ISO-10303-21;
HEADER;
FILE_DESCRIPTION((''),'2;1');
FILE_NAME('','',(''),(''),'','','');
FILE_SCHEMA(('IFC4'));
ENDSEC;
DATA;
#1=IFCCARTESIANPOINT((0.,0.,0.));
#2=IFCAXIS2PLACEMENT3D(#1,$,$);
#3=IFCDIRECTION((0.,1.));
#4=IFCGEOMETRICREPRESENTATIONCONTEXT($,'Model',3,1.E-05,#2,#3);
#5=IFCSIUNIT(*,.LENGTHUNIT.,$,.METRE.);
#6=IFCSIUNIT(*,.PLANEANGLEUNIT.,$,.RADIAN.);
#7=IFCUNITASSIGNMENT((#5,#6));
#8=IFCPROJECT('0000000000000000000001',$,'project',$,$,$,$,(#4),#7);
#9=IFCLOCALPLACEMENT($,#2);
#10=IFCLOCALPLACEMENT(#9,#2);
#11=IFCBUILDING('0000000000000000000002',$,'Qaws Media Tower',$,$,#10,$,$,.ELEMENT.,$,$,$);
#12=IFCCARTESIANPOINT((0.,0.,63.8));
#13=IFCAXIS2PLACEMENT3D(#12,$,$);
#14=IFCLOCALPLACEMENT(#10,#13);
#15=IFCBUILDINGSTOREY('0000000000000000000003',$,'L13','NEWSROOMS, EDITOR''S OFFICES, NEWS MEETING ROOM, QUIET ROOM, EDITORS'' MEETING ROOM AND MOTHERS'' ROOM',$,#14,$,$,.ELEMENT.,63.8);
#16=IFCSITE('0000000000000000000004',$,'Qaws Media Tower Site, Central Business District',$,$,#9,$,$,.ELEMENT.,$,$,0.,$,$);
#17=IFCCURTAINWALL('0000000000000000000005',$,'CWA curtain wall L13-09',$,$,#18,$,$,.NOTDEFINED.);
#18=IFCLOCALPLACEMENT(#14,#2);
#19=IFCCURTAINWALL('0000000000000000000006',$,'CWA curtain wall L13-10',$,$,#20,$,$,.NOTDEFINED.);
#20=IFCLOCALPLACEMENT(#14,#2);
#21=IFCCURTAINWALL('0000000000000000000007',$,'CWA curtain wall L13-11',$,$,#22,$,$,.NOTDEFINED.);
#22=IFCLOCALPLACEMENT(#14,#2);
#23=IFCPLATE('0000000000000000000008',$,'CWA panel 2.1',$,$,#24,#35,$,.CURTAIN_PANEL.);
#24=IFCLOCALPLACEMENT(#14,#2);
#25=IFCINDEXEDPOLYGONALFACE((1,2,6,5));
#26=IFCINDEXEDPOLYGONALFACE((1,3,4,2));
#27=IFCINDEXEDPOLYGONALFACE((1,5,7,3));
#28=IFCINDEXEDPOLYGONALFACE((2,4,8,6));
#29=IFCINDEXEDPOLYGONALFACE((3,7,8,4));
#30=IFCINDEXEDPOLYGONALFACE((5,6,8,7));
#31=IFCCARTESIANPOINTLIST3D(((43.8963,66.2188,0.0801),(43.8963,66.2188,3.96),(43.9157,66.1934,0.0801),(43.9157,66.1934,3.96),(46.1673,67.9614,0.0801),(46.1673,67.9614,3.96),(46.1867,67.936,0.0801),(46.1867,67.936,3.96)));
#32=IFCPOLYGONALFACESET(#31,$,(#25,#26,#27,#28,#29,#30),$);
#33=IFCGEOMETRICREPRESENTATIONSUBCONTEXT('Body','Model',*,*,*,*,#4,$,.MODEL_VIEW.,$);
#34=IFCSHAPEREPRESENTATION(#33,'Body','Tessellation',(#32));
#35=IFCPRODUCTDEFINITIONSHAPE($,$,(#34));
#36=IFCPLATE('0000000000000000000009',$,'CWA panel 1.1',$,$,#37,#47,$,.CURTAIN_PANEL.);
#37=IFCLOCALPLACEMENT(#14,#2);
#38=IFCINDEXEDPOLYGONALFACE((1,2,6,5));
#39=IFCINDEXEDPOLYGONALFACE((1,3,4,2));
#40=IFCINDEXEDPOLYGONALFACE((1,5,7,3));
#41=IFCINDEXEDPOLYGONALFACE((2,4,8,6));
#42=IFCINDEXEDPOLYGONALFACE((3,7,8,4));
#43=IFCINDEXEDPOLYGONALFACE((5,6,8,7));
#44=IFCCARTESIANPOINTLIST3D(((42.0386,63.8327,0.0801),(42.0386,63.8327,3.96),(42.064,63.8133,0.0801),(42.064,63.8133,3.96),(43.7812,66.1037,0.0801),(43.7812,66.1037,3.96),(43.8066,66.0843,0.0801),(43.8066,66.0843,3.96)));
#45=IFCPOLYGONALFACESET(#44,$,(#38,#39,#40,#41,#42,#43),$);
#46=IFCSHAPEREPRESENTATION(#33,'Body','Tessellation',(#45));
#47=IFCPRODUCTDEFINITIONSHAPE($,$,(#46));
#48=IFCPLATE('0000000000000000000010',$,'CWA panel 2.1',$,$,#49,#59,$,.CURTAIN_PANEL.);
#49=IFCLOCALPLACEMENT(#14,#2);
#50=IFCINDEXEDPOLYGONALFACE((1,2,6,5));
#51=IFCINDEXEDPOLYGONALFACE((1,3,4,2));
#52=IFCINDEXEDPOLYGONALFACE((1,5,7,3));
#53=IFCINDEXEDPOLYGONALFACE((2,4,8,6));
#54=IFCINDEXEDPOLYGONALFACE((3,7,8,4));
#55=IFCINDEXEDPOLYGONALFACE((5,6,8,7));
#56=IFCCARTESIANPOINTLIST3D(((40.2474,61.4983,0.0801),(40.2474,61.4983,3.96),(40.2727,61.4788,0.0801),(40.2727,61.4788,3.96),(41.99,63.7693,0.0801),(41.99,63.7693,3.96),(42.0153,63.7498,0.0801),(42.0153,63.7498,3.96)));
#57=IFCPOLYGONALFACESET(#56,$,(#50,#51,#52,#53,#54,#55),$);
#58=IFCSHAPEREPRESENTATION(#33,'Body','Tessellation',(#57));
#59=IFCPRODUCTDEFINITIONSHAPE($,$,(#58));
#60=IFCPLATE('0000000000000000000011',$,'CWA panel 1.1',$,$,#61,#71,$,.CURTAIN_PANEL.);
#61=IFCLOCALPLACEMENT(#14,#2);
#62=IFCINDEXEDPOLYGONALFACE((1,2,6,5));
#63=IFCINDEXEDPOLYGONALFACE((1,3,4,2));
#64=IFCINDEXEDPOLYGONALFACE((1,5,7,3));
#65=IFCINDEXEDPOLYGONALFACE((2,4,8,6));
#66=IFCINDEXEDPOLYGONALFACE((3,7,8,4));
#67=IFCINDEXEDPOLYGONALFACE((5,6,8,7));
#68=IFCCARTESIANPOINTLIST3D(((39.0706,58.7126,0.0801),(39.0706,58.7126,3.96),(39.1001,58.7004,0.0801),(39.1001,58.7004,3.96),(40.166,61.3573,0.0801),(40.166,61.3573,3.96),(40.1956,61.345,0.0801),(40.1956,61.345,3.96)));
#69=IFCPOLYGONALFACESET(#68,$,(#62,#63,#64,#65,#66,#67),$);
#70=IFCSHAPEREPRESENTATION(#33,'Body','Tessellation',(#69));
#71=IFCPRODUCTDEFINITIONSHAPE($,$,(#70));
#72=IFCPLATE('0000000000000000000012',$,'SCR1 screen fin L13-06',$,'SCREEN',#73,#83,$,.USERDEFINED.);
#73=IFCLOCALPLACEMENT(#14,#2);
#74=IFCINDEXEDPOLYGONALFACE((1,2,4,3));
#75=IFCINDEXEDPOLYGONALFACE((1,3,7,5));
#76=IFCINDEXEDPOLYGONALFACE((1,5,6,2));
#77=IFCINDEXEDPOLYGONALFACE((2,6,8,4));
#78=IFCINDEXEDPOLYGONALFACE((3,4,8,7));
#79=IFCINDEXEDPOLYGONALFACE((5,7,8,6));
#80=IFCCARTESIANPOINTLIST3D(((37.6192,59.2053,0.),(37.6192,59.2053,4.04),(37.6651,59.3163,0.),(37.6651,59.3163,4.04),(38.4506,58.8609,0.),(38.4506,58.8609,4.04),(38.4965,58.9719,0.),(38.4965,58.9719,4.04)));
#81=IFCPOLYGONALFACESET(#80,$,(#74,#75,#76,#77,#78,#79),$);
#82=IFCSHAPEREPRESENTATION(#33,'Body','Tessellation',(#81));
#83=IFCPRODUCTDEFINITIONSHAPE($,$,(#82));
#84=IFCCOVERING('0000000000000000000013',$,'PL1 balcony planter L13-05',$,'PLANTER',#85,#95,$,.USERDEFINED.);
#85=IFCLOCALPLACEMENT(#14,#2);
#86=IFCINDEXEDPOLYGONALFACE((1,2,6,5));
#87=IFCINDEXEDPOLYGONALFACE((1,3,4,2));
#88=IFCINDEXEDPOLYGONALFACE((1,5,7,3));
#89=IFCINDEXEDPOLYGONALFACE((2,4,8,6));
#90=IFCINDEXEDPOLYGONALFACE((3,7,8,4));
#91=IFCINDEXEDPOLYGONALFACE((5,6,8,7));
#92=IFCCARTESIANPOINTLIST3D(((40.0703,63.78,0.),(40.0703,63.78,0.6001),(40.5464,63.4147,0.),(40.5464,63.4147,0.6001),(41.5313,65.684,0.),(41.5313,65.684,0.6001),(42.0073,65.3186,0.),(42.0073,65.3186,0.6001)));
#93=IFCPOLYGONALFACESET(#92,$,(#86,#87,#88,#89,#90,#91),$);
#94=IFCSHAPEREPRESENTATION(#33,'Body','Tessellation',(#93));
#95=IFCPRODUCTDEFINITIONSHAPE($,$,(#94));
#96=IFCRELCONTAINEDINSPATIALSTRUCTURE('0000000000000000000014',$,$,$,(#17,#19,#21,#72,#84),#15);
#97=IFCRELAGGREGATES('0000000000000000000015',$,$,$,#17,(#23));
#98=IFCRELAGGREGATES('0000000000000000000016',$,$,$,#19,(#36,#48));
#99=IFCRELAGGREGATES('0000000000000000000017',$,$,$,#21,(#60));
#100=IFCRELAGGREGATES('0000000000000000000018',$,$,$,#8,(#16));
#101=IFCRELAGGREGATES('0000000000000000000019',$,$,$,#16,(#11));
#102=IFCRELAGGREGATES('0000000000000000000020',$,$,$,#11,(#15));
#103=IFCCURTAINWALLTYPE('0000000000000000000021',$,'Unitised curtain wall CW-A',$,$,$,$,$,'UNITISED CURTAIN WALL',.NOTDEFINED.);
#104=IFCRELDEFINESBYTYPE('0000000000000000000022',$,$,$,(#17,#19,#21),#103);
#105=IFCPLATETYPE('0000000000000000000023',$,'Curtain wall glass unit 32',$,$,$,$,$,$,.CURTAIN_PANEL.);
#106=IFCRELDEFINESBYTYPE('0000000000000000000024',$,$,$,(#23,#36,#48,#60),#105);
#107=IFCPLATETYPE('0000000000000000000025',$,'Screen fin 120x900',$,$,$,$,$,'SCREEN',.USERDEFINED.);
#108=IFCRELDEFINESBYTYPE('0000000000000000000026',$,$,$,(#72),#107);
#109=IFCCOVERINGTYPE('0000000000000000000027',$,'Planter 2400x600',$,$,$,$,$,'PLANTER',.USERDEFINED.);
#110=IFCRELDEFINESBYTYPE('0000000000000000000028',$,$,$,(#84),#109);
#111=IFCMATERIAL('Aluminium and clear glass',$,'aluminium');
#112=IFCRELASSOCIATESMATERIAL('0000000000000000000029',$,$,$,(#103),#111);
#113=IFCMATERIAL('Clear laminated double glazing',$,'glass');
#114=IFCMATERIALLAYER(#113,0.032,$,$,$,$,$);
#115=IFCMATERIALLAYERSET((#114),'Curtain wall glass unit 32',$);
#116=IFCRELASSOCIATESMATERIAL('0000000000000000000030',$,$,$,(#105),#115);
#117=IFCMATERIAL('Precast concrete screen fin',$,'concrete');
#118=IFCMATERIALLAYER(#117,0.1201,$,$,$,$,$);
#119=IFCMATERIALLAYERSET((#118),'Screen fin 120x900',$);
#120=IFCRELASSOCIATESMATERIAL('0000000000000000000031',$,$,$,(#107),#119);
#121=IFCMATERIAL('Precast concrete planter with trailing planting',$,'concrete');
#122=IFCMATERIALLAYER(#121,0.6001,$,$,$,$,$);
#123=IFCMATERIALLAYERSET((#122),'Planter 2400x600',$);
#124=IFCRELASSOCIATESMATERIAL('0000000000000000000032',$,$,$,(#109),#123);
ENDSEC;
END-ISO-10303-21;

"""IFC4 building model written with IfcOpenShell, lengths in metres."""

from ifc_helpers import new_model, si_unit, direction, frame, origin, origin_2d, place, context, subcontext, project, spatial, rectangle, extrude, material, layer, layer_set, type_object, element, aggregate, save


model = new_model("IFC4")

# Units and contexts
model_context = context("Model", 3, precision=1e-05, world=origin(), true_north=direction((0.0, 1.0)))
body_context = subcontext(model_context, "Body", "Model", "MODEL_VIEW")
ifc_project = project(units=[si_unit("LENGTHUNIT", "METRE"), si_unit("PLANEANGLEUNIT", "RADIAN")], contexts=[model_context])

# Site, building, storey
site_placement = place(None, origin())
site = spatial("IfcSite", under=ifc_project, at=site_placement, Name="Qaws Media Tower Site, Central Business District", CompositionType="ELEMENT", RefElevation=0.0)
building_placement = place(site_placement, origin())
building = spatial("IfcBuilding", under=site, at=building_placement, Name="Qaws Media Tower", CompositionType="ELEMENT")
storey_placement = place(building_placement, frame((0.0, 0.0, 63.8)))
storey = spatial("IfcBuildingStorey", under=building, at=storey_placement, Name="L13", Description="NEWSROOMS, EDITOR'S OFFICES, NEWS MEETING ROOM, QUIET ROOM, EDITORS' MEETING ROOM AND MOTHERS' ROOM", CompositionType="ELEMENT", Elevation=63.8)

# Curtain wall
ifc_material_1 = material(Name="Aluminium and clear glass", Category="aluminium")
curtain_wall_type = type_object("IfcCurtainWallType", Name="Unitised curtain wall CW-A", ElementType="UNITISED CURTAIN WALL", PredefinedType="NOTDEFINED", material=ifc_material_1)
curtain_wall_1_placement = place(storey_placement, origin())
curtain_wall_1 = element("IfcCurtainWall", 1, at=curtain_wall_1_placement, inside=storey, type_object=curtain_wall_type, Name="CWA curtain wall L13-09", PredefinedType="NOTDEFINED")

# Curtain walls
curtain_wall_2_placement = place(storey_placement, origin())
curtain_wall_2 = element("IfcCurtainWall", 2, at=curtain_wall_2_placement, inside=storey, type_object=curtain_wall_type, Name="CWA curtain wall L13-10", PredefinedType="NOTDEFINED")
curtain_wall_3_placement = place(storey_placement, origin())
curtain_wall_3 = element("IfcCurtainWall", 3, at=curtain_wall_3_placement, inside=storey, type_object=curtain_wall_type, Name="CWA curtain wall L13-11", PredefinedType="NOTDEFINED")

# Plates
ifc_material_2 = material(Name="Clear laminated double glazing", Category="glass")
ifc_layer_1 = layer(ifc_material_2, 0.032)
ifc_layer_set_1 = layer_set([ifc_layer_1], Name="Curtain wall glass unit 32")
plate_type_1 = type_object("IfcPlateType", Name="Curtain wall glass unit 32", PredefinedType="CURTAIN_PANEL", material=ifc_layer_set_1)
plate_1_placement = place(storey_placement, frame((45.0415, 67.0774, 0.0801), z_axis=(0.0, 0.0, 1.0), x_axis=(-0.793353, -0.608761, 0.0)))
plate_1 = element("IfcPlate", 4, at=plate_1_placement, type_object=plate_type_1, Name="CWA panel 2.1", PredefinedType="CURTAIN_PANEL", context=body_context, shape_type="SweptSolid", body=[
    extrude(rectangle(XDim=2.8625, YDim=0.032, at=origin_2d()), origin(), (0.0, 0.0, 1.0), 3.8799),
])
aggregate(curtain_wall_1, [plate_1])
plate_2_placement = place(storey_placement, frame((42.9226, 64.9585, 0.0801), z_axis=(0.0, 0.0, 1.0), x_axis=(-0.608761, -0.793353, 0.0)))
plate_2 = element("IfcPlate", 5, at=plate_2_placement, type_object=plate_type_1, Name="CWA panel 1.1", PredefinedType="CURTAIN_PANEL", context=body_context, shape_type="SweptSolid", body=[
    extrude(rectangle(XDim=2.8625, YDim=0.032, at=origin_2d()), origin(), (0.0, 0.0, 1.0), 3.8799),
])
plate_3_placement = place(storey_placement, frame((41.1313, 62.624, 0.0801), z_axis=(0.0, 0.0, 1.0), x_axis=(-0.608761, -0.793353, 0.0)))
plate_3 = element("IfcPlate", 6, at=plate_3_placement, type_object=plate_type_1, Name="CWA panel 2.1", PredefinedType="CURTAIN_PANEL", context=body_context, shape_type="SweptSolid", body=[
    extrude(rectangle(XDim=2.8625, YDim=0.032, at=origin_2d()), origin(), (0.0, 0.0, 1.0), 3.8799),
])
aggregate(curtain_wall_2, [plate_2, plate_3])
plate_4_placement = place(storey_placement, frame((39.6331, 60.0288, 0.0801), z_axis=(0.0, 0.0, 1.0), x_axis=(-0.382683, -0.92388, 0.0)))
plate_4 = element("IfcPlate", 7, at=plate_4_placement, type_object=plate_type_1, Name="CWA panel 1.1", PredefinedType="CURTAIN_PANEL", context=body_context, shape_type="SweptSolid", body=[
    extrude(rectangle(XDim=2.8625, YDim=0.032, at=origin_2d()), origin(), (0.0, 0.0, 1.0), 3.8799),
])
aggregate(curtain_wall_3, [plate_4])
ifc_material_3 = material(Name="Precast concrete screen fin", Category="concrete")
ifc_layer_2 = layer(ifc_material_3, 0.1201)
ifc_layer_set_2 = layer_set([ifc_layer_2], Name="Screen fin 120x900")
plate_type_2 = type_object("IfcPlateType", Name="Screen fin 120x900", ElementType="SCREEN", PredefinedType="USERDEFINED", material=ifc_layer_set_2)
plate_5_placement = place(storey_placement, frame((38.0579, 59.0886, 0.0), z_axis=(0.0, 0.0, 1.0), x_axis=(-0.92388, 0.382683, 0.0)))
element("IfcPlate", 8, at=plate_5_placement, inside=storey, type_object=plate_type_2, Name="SCR1 screen fin L13-06", ObjectType="SCREEN", PredefinedType="USERDEFINED", context=body_context, shape_type="SweptSolid", body=[
    extrude(rectangle(XDim=0.8999, YDim=0.1201, at=origin_2d()), origin(), (0.0, 0.0, 1.0), 4.04),
])

# Covering
ifc_material_4 = material(Name="Precast concrete planter with trailing planting", Category="concrete")
ifc_layer_3 = layer(ifc_material_4, 0.6001)
ifc_layer_set_3 = layer_set([ifc_layer_3], Name="Planter 2400x600")
covering_type = type_object("IfcCoveringType", Name="Planter 2400x600", ElementType="PLANTER", PredefinedType="USERDEFINED", material=ifc_layer_set_3)
covering_placement = place(storey_placement, frame((41.0388, 64.5493, 0.0), z_axis=(0.0, 0.0, 1.0), x_axis=(-0.608761, -0.793353, 0.0)))
element("IfcCovering", 9, at=covering_placement, inside=storey, type_object=covering_type, Name="PL1 balcony planter L13-05", ObjectType="PLANTER", PredefinedType="USERDEFINED", context=body_context, shape_type="SweptSolid", body=[
    extrude(rectangle(XDim=2.3999, YDim=0.6001, at=origin_2d()), origin(), (0.0, 0.0, 1.0), 0.6001),
])

save(model, "model.ifc")
